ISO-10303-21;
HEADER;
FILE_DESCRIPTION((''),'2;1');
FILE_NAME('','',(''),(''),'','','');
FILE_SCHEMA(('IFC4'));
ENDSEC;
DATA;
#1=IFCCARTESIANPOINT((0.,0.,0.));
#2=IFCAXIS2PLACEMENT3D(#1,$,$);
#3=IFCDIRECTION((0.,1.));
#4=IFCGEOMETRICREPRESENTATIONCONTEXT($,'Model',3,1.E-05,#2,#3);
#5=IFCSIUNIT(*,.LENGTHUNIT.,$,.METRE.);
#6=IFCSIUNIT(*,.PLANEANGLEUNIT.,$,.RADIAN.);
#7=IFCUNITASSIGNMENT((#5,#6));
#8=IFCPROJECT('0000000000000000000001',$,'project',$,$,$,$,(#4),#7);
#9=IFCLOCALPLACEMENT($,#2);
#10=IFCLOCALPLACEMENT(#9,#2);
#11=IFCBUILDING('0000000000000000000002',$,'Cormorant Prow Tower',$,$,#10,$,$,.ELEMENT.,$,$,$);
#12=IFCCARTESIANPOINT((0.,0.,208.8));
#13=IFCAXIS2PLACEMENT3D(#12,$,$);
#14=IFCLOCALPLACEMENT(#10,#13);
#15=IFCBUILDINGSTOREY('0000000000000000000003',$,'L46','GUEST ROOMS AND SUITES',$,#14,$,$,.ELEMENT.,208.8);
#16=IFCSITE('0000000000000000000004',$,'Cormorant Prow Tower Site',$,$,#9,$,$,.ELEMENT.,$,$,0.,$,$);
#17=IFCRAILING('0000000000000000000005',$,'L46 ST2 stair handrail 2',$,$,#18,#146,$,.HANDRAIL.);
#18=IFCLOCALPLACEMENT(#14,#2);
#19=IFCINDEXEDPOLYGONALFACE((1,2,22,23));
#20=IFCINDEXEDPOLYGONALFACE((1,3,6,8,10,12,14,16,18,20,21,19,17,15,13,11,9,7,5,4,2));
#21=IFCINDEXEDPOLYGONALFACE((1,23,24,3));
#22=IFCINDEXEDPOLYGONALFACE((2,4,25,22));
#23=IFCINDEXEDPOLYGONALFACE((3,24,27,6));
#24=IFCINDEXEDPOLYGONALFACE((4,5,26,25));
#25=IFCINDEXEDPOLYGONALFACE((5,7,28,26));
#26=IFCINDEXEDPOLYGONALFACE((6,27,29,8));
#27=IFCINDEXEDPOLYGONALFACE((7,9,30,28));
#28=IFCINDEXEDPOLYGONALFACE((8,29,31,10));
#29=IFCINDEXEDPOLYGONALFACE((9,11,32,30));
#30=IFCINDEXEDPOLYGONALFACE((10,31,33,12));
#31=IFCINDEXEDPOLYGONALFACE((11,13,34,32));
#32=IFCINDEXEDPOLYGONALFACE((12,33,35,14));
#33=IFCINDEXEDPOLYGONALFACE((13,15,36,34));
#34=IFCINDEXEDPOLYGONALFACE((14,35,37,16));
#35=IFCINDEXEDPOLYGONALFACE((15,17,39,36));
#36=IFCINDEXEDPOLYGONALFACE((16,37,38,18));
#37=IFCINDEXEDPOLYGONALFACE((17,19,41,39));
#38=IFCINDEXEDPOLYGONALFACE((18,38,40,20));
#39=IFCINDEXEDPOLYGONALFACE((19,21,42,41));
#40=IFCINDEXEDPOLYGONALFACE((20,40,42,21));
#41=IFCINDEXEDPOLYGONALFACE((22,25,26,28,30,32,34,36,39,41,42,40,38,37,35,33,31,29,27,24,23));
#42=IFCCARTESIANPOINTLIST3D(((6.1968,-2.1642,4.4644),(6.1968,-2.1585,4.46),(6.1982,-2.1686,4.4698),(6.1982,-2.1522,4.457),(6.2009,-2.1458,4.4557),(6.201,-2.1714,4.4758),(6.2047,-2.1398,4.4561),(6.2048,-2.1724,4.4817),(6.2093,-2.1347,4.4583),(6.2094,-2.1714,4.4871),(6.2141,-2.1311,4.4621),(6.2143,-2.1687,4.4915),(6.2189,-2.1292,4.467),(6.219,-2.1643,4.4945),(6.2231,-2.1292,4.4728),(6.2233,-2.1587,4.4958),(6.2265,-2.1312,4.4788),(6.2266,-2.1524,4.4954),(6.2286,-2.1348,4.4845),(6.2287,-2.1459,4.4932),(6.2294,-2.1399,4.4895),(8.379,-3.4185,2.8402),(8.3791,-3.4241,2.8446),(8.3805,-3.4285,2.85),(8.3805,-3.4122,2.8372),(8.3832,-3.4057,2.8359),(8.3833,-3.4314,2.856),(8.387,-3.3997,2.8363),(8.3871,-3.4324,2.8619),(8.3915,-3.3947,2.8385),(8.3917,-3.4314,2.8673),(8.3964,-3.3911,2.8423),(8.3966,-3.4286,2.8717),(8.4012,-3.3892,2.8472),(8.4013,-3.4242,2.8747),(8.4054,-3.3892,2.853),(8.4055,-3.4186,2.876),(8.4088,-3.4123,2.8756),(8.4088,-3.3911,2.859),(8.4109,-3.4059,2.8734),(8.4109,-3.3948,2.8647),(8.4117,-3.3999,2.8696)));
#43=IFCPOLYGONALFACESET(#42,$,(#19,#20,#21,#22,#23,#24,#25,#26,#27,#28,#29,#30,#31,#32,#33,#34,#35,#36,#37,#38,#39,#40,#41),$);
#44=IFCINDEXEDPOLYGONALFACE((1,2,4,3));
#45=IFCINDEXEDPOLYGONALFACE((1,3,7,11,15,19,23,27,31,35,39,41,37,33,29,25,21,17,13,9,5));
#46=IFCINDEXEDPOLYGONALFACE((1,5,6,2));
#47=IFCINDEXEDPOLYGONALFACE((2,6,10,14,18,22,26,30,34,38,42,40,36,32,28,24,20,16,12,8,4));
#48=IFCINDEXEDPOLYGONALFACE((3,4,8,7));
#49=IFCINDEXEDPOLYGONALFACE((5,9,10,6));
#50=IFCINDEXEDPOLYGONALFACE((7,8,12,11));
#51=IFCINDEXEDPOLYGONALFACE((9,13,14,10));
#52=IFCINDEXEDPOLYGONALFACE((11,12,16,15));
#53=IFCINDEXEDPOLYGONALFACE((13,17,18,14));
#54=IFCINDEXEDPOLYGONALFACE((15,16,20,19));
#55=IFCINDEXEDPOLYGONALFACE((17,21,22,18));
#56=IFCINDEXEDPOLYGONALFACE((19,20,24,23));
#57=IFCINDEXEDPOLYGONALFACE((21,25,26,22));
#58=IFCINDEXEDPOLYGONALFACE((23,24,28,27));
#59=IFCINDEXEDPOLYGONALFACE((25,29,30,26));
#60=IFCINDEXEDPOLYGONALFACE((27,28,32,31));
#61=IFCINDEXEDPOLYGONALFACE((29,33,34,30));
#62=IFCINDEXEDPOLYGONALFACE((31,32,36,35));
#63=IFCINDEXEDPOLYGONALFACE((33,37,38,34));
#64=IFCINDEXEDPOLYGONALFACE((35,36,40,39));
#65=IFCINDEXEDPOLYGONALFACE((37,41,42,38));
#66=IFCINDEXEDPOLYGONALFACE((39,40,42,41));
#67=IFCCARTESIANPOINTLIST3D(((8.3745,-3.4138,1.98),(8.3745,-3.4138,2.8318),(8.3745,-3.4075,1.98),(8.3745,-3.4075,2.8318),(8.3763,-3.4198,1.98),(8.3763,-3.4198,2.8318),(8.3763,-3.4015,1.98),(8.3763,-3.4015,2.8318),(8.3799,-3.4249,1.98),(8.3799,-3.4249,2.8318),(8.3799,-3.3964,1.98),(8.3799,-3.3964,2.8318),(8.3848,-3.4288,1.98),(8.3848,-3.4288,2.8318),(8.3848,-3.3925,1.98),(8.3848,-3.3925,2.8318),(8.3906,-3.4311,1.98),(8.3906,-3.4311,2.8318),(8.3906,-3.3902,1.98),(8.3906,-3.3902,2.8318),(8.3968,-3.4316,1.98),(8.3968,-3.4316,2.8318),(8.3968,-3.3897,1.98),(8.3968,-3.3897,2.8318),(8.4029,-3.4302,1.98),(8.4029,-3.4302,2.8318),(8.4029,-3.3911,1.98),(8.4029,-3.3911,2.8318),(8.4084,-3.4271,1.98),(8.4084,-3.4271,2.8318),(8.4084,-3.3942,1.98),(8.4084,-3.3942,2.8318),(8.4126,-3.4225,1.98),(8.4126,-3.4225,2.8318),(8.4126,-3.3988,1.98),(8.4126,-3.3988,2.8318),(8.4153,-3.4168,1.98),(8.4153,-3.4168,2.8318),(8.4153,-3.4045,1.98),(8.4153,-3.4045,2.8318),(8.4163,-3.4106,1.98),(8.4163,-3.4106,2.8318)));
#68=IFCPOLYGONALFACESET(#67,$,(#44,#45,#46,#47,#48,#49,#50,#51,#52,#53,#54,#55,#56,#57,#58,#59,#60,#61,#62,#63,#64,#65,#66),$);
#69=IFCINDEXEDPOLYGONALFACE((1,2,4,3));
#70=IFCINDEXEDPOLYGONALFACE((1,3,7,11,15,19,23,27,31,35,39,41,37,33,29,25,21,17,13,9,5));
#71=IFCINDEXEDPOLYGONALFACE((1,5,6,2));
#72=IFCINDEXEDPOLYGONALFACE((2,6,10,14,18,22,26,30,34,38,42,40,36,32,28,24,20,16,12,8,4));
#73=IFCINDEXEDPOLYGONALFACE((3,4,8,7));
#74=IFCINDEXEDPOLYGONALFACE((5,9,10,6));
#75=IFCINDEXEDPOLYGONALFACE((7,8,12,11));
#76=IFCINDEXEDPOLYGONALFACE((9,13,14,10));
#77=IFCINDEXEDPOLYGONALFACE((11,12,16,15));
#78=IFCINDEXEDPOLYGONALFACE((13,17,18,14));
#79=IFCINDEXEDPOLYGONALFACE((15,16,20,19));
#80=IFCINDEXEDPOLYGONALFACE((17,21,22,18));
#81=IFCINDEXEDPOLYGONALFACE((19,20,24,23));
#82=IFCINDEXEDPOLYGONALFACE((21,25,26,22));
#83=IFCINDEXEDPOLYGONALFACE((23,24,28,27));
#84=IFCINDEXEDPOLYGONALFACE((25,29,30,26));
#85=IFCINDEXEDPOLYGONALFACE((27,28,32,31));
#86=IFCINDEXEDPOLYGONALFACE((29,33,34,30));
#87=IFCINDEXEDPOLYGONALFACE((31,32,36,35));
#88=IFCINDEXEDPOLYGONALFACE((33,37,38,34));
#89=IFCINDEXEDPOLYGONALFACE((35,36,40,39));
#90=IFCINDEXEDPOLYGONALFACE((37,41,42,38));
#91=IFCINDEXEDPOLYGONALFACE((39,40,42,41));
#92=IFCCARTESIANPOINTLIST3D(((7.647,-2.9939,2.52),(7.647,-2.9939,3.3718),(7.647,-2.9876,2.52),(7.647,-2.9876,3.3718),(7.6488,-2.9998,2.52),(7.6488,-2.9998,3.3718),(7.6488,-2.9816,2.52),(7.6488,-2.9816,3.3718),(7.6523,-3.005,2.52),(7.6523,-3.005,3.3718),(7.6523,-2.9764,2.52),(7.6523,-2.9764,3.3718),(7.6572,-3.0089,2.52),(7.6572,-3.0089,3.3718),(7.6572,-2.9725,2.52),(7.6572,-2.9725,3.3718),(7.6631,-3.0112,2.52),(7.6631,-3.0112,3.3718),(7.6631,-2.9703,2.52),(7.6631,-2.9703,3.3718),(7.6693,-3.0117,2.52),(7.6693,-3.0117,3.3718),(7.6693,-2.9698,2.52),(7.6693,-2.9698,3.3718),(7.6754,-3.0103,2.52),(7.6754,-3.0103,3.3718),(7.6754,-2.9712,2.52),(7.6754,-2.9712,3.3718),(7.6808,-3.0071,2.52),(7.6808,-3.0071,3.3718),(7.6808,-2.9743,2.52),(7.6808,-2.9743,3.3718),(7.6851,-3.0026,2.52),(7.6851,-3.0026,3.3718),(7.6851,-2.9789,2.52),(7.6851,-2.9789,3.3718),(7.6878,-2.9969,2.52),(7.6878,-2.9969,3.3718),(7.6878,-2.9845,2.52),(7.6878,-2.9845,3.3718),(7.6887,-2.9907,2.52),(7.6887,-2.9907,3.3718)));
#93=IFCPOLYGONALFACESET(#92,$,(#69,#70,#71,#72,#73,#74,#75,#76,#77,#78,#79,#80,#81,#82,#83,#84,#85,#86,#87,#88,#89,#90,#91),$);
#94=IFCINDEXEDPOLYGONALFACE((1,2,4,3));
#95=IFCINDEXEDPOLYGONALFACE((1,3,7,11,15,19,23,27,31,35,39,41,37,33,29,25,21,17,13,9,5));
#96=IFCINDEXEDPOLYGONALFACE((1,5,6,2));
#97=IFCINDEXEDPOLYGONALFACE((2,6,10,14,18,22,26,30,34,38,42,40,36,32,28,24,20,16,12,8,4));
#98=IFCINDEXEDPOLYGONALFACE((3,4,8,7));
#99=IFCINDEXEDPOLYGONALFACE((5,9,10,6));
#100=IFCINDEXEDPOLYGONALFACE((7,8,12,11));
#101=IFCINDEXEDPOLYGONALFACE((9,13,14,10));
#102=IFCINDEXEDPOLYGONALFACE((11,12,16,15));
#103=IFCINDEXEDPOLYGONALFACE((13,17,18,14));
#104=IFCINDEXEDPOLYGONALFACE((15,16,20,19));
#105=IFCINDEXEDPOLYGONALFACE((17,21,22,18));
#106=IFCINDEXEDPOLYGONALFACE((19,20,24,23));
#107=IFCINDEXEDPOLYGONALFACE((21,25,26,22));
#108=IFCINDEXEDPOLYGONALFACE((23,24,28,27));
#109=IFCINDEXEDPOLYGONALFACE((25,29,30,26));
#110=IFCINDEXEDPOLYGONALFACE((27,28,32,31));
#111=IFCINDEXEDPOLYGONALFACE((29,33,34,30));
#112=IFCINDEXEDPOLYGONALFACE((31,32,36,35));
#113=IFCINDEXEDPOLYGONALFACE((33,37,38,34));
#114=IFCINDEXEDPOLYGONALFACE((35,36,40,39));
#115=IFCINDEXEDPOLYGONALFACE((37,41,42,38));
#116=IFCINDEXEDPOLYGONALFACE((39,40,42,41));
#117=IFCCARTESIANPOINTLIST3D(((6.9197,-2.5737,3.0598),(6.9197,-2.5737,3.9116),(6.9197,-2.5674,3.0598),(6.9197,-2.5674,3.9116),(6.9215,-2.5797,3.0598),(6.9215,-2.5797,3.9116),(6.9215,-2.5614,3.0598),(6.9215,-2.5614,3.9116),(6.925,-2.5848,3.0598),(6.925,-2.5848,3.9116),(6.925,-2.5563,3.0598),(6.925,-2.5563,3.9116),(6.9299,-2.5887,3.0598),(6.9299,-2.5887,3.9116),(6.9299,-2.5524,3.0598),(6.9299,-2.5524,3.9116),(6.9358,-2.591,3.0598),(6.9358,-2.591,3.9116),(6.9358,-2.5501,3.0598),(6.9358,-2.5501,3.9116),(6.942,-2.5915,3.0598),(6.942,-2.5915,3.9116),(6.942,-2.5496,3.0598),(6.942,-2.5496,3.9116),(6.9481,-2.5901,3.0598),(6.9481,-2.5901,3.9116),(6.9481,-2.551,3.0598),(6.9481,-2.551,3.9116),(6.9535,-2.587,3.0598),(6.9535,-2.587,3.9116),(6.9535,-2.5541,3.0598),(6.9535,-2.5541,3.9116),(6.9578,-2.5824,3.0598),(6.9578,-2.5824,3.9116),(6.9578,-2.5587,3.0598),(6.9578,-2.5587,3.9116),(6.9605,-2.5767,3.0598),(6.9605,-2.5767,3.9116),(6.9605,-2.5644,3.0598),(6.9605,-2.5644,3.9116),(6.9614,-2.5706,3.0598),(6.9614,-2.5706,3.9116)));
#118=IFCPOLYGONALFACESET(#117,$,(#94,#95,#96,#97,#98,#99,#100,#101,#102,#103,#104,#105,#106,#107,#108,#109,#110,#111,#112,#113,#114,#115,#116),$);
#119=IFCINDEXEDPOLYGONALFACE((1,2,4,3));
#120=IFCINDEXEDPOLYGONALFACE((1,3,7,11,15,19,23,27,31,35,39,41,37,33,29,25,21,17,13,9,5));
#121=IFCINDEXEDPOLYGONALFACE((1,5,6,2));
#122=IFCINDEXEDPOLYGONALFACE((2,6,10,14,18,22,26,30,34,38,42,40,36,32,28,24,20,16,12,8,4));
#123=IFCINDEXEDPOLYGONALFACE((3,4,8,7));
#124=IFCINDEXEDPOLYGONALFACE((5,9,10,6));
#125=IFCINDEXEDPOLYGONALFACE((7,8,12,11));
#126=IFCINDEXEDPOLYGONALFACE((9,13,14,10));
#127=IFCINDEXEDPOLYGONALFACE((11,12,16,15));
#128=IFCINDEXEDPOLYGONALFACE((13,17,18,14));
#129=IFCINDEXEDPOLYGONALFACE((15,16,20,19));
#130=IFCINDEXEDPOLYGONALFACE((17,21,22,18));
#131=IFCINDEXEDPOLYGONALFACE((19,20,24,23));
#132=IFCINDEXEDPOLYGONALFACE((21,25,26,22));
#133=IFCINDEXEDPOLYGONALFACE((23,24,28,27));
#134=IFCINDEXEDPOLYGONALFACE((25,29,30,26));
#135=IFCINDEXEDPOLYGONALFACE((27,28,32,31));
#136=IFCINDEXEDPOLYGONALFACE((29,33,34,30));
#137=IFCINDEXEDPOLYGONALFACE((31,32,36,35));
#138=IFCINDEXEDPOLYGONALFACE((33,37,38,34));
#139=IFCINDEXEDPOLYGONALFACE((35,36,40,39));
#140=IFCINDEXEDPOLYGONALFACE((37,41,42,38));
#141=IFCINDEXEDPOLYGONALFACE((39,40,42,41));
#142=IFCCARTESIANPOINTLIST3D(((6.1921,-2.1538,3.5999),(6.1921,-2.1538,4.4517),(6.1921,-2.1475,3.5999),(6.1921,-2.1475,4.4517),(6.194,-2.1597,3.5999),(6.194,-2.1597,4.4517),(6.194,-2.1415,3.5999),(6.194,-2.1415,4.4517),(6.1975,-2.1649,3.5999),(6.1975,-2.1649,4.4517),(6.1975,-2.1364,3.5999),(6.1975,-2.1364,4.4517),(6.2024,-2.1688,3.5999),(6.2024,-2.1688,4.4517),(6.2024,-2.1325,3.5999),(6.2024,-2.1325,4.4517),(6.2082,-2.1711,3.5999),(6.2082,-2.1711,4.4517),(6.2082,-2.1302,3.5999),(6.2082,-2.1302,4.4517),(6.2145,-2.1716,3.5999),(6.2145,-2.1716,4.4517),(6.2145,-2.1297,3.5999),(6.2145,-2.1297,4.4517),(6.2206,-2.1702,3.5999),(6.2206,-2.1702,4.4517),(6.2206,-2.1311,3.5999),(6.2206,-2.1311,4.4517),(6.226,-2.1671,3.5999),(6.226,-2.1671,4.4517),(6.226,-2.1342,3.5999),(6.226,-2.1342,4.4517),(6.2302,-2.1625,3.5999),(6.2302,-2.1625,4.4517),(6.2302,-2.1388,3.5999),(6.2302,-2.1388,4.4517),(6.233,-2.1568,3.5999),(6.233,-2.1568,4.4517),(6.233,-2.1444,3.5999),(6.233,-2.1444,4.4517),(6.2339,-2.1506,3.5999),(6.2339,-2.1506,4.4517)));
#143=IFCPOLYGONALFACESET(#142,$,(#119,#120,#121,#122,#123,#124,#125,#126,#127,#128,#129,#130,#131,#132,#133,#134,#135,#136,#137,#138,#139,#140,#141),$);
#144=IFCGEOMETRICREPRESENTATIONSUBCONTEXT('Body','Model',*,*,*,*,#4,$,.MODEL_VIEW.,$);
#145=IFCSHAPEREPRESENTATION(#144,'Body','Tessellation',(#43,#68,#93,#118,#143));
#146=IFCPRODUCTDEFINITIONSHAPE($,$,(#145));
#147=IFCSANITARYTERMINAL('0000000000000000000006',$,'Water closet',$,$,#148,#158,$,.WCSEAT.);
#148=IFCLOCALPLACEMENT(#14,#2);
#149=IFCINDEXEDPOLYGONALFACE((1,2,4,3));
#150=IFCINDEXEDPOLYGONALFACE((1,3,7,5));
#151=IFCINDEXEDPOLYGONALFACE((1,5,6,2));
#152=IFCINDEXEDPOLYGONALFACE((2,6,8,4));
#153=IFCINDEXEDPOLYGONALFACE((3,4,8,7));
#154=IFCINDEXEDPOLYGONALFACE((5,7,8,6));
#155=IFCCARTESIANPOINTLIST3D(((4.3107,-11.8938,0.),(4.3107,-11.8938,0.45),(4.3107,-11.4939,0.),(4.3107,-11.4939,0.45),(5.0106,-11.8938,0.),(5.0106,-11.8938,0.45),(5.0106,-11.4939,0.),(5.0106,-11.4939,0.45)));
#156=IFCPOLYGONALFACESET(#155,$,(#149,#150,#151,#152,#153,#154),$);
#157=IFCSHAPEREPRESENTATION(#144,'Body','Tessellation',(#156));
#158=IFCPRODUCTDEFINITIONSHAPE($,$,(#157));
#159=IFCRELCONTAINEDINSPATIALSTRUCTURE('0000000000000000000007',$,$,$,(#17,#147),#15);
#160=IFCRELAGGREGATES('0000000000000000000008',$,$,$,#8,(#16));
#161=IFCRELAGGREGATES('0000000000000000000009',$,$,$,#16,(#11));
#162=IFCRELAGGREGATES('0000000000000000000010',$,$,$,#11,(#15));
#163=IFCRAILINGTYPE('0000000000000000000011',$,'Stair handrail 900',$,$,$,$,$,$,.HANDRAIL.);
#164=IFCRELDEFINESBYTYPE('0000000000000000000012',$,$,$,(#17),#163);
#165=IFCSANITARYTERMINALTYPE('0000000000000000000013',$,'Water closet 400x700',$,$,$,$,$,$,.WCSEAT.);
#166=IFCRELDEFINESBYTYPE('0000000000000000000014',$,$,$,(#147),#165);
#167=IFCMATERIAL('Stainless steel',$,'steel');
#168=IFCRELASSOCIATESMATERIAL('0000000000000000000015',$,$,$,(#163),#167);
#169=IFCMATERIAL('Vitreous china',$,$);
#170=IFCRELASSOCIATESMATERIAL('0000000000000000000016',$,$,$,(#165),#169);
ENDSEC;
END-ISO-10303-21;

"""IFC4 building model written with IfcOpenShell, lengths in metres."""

from ifc_helpers import new_model, si_unit, direction, frame, origin, origin_2d, place, context, subcontext, project, spatial, rectangle, circle, extrude, material, type_object, element, save


model = new_model("IFC4")

# Units and contexts
model_context = context("Model", 3, precision=1e-05, world=origin(), true_north=direction((0.0, 1.0)))
body_context = subcontext(model_context, "Body", "Model", "MODEL_VIEW")
ifc_project = project(units=[si_unit("LENGTHUNIT", "METRE"), si_unit("PLANEANGLEUNIT", "RADIAN")], contexts=[model_context])

# Site, building, storey
site_placement = place(None, origin())
site = spatial("IfcSite", under=ifc_project, at=site_placement, Name="Cormorant Prow Tower Site", CompositionType="ELEMENT", RefElevation=0.0)
building_placement = place(site_placement, origin())
building = spatial("IfcBuilding", under=site, at=building_placement, Name="Cormorant Prow Tower", CompositionType="ELEMENT")
storey_placement = place(building_placement, frame((0.0, 0.0, 208.8)))
storey = spatial("IfcBuildingStorey", under=building, at=storey_placement, Name="L46", Description="GUEST ROOMS AND SUITES", CompositionType="ELEMENT", Elevation=208.8)

# Railing
ifc_material_1 = material(Name="Stainless steel", Category="steel")
railing_type_1 = type_object("IfcRailingType", Name="Stair handrail 900", PredefinedType="HANDRAIL", material=ifc_material_1)
railing_1_placement = place(storey_placement, frame((8.3953, -3.4106, 1.98)))
element("IfcRailing", 1, at=railing_1_placement, inside=storey, type_object=railing_type_1, Name="L46 ST2 stair handrail 2", PredefinedType="HANDRAIL", context=body_context, shape_type="SweptSolid", body=[
    extrude(circle(Radius=0.0239, at=origin_2d()), frame((0.0, 0.0, 0.876), z_axis=(-0.728496, 0.420603, 0.540728), x_axis=(-0.500005, -0.866023, 0.0)), (0.0, 0.0, 1.0), 2.9956),
    extrude(circle(Radius=0.021, at=origin_2d()), origin(), (0.0, 0.0, 1.0), 0.8518),
    extrude(circle(Radius=0.021, at=origin_2d()), frame((-0.7275, 0.4199, 0.54)), (0.0, 0.0, 1.0), 0.8518),
    extrude(circle(Radius=0.021, at=origin_2d()), frame((-1.4548, 0.8401, 1.0798)), (0.0, 0.0, 1.0), 0.8518),
    extrude(circle(Radius=0.021, at=origin_2d()), frame((-2.1824, 1.26, 1.6199)), (0.0, 0.0, 1.0), 0.8518),
])

# Sanitary terminal
ifc_material_2 = material(Name="Vitreous china")
sanitary_terminal_type = type_object("IfcSanitaryTerminalType", Name="Water closet 400x700", PredefinedType="WCSEAT", material=ifc_material_2)
sanitary_terminal_placement = place(storey_placement, frame((4.6606, -11.6938, 0.0), z_axis=(0.0, 0.0, 1.0), x_axis=(0.0, -1.0, 0.0)))
element("IfcSanitaryTerminal", 2, at=sanitary_terminal_placement, inside=storey, type_object=sanitary_terminal_type, Name="Water closet", PredefinedType="WCSEAT", context=body_context, shape_type="SweptSolid", body=[
    extrude(rectangle(XDim=0.3999, YDim=0.7, at=origin_2d()), origin(), (0.0, 0.0, 1.0), 0.45),
])

save(model, "model.ifc")
